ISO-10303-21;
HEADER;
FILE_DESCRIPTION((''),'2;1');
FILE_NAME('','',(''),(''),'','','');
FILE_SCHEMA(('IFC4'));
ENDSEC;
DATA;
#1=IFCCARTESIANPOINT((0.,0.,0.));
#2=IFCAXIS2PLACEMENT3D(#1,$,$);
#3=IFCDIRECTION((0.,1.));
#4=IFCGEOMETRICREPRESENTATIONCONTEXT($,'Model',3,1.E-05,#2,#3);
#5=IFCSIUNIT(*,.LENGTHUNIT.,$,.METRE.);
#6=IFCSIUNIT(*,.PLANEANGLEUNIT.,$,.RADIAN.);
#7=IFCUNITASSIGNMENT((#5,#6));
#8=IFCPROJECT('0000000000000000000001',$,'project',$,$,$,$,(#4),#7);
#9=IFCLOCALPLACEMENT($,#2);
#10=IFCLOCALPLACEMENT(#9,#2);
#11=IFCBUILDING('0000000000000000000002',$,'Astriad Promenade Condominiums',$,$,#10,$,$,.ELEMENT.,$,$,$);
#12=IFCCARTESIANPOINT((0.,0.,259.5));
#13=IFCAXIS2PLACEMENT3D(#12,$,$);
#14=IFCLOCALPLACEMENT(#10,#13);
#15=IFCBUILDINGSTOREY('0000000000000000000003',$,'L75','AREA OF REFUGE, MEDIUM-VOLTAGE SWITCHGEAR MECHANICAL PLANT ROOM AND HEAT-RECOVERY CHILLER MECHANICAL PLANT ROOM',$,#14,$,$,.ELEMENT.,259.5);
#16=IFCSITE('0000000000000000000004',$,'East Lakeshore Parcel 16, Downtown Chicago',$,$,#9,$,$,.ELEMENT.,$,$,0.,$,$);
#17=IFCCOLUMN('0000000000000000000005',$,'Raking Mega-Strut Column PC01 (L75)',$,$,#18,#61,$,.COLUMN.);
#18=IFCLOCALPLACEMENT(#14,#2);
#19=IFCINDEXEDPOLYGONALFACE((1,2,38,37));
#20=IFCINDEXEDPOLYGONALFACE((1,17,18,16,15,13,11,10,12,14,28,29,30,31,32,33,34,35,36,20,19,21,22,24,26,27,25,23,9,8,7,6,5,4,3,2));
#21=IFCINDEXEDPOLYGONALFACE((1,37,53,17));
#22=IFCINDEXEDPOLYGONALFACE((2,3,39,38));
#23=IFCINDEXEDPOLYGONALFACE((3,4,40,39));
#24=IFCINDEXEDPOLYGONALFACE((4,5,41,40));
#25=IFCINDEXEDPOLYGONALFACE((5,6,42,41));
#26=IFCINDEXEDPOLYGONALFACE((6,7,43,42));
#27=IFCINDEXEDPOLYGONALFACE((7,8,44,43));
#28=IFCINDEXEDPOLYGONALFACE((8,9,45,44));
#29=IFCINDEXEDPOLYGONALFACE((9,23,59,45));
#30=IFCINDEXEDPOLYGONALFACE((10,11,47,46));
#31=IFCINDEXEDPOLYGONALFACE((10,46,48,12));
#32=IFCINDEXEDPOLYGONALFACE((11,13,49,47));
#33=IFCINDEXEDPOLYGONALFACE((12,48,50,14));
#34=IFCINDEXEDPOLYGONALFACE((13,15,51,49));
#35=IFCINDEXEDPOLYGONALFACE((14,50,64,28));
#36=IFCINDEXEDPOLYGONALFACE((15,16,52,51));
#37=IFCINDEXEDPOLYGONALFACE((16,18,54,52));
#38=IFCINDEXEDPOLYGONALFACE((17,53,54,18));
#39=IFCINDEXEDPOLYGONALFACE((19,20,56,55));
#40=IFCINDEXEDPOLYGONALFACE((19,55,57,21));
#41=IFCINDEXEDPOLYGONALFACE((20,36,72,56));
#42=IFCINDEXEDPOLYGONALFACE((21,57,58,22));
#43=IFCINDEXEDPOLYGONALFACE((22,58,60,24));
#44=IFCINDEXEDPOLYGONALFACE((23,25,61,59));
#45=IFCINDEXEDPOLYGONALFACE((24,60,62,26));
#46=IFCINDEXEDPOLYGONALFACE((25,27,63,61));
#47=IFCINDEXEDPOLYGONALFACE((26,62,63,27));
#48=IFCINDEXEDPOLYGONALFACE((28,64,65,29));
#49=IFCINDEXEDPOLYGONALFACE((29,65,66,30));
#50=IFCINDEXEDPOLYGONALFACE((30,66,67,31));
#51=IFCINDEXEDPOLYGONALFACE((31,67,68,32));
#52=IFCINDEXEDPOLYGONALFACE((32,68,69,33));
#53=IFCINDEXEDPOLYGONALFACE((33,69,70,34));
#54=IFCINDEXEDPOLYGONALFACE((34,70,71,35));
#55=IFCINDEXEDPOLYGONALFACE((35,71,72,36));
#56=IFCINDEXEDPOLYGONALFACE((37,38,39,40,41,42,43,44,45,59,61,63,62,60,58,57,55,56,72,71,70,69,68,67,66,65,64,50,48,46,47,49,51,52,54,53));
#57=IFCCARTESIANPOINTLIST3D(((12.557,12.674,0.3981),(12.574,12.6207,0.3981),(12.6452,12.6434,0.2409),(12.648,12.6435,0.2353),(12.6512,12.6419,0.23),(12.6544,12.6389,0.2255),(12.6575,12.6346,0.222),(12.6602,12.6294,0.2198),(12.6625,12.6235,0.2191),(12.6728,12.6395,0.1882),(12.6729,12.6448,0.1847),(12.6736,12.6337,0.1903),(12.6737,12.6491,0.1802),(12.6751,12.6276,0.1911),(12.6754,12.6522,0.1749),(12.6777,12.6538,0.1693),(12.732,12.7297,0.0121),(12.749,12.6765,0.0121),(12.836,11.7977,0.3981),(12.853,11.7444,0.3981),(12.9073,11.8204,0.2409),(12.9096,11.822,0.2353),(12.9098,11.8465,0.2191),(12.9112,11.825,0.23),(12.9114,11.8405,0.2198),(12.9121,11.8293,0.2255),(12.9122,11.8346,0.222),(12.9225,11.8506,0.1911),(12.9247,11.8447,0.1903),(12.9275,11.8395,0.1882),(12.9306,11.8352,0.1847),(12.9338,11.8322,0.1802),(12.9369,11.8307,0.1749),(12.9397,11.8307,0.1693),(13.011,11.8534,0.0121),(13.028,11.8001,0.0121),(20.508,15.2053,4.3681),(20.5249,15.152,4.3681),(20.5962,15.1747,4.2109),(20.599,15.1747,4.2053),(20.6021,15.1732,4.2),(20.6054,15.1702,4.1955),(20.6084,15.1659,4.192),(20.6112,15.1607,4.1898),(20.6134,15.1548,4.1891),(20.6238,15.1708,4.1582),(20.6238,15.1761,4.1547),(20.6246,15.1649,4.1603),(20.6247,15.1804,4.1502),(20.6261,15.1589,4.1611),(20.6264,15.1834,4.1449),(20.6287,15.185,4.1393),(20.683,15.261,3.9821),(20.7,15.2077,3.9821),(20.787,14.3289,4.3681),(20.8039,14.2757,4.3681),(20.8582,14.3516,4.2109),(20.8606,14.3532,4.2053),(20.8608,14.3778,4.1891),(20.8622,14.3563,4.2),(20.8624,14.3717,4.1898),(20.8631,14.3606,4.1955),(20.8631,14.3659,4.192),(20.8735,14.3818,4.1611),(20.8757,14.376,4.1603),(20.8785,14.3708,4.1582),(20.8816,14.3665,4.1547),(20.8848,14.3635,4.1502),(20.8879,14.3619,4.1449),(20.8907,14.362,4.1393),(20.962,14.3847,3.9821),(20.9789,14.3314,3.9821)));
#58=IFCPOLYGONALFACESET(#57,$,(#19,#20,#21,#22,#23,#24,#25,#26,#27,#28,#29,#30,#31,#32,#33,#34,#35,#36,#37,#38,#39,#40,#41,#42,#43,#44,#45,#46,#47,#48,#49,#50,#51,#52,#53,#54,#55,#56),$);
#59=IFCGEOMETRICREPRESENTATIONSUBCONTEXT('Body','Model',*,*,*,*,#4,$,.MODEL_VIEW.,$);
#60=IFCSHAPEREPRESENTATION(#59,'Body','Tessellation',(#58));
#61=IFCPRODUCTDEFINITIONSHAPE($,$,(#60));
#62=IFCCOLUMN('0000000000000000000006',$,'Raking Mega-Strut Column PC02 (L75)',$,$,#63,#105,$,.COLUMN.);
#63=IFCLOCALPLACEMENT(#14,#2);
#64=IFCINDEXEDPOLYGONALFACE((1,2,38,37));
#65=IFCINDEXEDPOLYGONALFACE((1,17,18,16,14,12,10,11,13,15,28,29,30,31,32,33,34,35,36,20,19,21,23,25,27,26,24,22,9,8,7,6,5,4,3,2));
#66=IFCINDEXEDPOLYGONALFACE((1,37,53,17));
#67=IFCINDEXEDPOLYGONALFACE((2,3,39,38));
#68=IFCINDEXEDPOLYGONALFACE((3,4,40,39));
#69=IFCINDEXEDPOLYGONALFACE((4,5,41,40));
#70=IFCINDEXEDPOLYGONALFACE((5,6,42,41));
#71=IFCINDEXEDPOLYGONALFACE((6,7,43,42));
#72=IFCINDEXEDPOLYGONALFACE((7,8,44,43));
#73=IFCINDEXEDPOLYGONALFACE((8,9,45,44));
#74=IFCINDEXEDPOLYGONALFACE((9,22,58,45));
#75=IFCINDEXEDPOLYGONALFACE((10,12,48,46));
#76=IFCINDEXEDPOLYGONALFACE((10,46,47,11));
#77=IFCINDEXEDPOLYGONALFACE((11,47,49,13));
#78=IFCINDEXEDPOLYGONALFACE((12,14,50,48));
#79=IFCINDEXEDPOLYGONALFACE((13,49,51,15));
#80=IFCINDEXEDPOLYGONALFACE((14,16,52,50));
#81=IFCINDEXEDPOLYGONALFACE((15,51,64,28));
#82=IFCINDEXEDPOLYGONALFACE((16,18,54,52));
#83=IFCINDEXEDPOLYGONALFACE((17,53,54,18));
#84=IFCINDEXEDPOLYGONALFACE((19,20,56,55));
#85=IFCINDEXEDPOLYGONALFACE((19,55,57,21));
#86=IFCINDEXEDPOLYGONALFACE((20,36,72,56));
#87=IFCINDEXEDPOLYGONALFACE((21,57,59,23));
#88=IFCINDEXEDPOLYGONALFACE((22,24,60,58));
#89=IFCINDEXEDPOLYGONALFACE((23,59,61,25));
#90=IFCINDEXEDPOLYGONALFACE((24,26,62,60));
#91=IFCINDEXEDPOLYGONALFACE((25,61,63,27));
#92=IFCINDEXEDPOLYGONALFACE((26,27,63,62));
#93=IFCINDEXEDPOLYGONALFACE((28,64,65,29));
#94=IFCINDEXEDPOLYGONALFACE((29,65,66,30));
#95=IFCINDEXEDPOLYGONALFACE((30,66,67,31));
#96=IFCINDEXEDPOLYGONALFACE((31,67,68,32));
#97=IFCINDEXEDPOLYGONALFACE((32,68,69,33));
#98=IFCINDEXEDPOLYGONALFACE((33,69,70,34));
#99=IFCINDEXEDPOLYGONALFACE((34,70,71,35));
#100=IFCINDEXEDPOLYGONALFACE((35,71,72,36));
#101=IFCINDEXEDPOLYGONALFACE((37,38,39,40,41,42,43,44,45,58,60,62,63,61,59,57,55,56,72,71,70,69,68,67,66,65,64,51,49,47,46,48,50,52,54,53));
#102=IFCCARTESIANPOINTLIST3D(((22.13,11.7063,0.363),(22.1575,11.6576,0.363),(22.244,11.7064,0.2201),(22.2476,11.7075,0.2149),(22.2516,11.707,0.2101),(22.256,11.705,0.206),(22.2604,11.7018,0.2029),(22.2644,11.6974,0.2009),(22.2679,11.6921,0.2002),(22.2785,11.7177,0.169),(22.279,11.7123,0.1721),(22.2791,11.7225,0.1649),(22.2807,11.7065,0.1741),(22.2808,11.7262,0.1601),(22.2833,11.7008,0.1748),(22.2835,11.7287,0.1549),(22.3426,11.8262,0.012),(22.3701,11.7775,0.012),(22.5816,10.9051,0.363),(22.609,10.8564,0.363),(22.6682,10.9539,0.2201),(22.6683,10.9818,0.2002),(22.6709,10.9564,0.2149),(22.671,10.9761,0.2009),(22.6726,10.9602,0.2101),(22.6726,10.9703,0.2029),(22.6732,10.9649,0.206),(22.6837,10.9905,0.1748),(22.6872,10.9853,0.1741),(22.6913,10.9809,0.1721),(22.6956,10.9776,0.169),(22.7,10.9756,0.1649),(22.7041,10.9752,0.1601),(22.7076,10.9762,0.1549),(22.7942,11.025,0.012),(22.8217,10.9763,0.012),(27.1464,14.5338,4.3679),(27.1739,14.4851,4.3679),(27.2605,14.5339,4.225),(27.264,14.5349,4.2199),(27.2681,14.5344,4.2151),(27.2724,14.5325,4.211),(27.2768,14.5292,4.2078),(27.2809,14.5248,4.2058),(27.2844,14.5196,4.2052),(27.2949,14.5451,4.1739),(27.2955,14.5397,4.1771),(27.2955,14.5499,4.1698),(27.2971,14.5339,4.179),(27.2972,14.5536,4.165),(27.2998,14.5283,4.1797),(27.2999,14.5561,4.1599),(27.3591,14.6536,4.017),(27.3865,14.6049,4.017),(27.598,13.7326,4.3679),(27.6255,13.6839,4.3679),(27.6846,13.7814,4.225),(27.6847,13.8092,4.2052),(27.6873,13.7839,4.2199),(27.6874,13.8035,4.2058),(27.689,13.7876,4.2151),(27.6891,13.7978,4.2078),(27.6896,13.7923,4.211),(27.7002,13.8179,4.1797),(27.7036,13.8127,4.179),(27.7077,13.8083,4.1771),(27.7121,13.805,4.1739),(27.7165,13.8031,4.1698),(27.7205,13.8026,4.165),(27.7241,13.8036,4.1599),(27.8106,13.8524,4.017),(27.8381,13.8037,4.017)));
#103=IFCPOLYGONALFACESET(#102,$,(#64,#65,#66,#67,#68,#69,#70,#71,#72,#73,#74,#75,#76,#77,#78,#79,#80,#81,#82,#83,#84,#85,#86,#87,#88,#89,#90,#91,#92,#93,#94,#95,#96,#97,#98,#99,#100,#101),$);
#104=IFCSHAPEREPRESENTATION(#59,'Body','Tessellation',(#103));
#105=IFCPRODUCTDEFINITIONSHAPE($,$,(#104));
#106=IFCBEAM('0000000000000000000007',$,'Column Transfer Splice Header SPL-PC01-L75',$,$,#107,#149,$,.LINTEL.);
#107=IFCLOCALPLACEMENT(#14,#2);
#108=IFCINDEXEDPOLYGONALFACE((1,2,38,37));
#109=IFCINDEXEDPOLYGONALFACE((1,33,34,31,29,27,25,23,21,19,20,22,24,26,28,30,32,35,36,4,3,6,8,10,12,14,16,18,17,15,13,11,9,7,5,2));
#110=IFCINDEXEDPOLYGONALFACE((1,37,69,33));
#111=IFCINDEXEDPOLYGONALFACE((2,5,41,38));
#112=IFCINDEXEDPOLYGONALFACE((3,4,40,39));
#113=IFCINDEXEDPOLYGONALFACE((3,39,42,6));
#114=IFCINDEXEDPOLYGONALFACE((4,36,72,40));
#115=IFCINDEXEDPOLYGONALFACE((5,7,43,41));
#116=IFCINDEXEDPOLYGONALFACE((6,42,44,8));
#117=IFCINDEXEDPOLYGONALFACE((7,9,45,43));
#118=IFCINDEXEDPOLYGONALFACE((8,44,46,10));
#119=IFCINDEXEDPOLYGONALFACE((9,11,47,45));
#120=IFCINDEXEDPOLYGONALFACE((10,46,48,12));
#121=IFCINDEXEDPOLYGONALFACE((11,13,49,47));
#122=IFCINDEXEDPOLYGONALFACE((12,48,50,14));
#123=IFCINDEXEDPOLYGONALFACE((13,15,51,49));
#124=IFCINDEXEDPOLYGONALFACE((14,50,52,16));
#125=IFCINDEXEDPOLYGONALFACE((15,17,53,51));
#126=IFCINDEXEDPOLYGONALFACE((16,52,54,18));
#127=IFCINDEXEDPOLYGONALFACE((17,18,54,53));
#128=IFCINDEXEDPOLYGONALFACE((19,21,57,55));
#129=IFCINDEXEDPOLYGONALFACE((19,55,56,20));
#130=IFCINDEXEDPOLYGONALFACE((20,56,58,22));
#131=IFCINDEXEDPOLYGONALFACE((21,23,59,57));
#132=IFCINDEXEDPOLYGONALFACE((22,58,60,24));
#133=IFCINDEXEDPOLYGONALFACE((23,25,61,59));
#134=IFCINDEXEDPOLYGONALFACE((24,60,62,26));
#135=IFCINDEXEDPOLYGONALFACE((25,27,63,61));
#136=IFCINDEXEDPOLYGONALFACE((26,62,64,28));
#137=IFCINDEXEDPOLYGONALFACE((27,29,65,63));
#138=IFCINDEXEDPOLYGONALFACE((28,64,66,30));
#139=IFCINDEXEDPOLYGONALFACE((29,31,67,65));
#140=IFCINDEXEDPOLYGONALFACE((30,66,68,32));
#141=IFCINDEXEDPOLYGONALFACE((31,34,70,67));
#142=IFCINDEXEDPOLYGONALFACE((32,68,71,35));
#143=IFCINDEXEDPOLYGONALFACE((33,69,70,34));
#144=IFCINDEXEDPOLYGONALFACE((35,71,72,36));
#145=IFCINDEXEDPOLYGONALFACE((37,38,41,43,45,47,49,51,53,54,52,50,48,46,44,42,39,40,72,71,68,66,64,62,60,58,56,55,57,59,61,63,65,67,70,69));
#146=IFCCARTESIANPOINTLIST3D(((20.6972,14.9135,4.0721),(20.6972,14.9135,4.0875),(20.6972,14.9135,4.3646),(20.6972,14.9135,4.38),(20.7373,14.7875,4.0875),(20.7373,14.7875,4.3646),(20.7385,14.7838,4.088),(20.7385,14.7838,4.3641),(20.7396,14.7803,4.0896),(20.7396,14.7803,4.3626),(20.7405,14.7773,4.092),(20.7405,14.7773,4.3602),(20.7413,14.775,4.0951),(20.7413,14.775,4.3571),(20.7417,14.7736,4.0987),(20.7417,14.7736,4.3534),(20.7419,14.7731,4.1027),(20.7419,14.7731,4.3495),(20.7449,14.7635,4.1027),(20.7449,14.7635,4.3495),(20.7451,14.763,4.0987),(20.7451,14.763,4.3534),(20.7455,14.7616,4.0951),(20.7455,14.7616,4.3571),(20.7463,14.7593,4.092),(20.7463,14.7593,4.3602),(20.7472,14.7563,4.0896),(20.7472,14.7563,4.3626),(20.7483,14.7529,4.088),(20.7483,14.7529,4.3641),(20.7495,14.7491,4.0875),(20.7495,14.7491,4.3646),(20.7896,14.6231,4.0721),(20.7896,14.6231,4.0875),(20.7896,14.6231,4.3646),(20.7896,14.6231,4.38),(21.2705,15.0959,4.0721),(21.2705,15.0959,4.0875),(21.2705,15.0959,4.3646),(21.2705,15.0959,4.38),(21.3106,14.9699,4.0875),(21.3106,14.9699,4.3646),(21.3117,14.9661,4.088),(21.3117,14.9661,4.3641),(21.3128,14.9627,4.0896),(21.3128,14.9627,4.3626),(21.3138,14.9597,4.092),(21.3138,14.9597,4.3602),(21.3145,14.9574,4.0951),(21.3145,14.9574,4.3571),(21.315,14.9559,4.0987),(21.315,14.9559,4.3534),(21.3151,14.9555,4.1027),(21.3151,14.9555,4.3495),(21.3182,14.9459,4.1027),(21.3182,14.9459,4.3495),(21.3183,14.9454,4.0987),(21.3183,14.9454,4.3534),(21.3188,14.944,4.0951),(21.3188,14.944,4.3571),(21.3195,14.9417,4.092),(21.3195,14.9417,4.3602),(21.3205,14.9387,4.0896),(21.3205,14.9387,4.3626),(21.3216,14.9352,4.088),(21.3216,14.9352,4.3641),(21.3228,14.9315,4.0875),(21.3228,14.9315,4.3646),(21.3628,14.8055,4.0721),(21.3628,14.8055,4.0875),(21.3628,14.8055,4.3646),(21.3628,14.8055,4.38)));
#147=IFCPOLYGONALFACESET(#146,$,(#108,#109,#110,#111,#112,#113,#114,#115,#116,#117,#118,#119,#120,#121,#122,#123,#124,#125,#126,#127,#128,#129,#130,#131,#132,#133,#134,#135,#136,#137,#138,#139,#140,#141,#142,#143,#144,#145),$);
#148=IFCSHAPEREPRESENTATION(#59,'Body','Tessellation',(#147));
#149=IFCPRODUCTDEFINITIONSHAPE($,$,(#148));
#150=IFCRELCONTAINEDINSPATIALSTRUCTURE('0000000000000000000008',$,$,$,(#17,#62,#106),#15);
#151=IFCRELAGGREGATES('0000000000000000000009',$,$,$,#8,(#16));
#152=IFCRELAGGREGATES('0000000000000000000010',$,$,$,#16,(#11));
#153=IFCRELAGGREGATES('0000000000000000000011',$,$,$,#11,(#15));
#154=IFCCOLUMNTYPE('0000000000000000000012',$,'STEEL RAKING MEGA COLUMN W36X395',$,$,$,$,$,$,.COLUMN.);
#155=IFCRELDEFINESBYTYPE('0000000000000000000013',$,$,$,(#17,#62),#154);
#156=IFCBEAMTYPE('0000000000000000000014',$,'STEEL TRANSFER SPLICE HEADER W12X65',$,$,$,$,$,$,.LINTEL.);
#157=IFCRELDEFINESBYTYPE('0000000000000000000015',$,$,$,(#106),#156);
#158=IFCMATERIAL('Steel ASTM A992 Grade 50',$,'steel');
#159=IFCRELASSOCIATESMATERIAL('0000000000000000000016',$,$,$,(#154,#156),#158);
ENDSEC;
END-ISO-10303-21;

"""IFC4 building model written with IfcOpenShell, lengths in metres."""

from ifc_helpers import new_model, si_unit, direction, frame, origin, origin_2d, place, context, subcontext, project, spatial, i_section, extrude, source, transform, mapped, material, material_profile, profile_set, type_object, type_shapes, element, save


model = new_model("IFC4")

# Units and contexts
model_context = context("Model", 3, precision=1e-05, world=origin(), true_north=direction((0.0, 1.0)))
body_context = subcontext(model_context, "Body", "Model", "MODEL_VIEW")
ifc_project = project(units=[si_unit("LENGTHUNIT", "METRE"), si_unit("PLANEANGLEUNIT", "RADIAN")], contexts=[model_context])

# Site, building, storey
site_placement = place(None, origin())
site = spatial("IfcSite", under=ifc_project, at=site_placement, Name="East Lakeshore Parcel 16, Downtown Chicago", CompositionType="ELEMENT", RefElevation=0.0)
building_placement = place(site_placement, origin())
building = spatial("IfcBuilding", under=site, at=building_placement, Name="Astriad Promenade Condominiums", CompositionType="ELEMENT")
storey_placement = place(building_placement, frame((0.0, 0.0, 259.5)))
storey = spatial("IfcBuildingStorey", under=building, at=storey_placement, Name="L75", Description="AREA OF REFUGE, MEDIUM-VOLTAGE SWITCHGEAR MECHANICAL PLANT ROOM AND HEAT-RECOVERY CHILLER MECHANICAL PLANT ROOM", CompositionType="ELEMENT", Elevation=259.5)

# Columns
ifc_material_1 = material(Name="Steel ASTM A992 Grade 50", Category="steel")
ifc_material_profile_1 = material_profile(ifc_material_1, i_section(OverallWidth=0.4275, OverallDepth=0.9756, WebThickness=0.031, FlangeThickness=0.0559, FilletRadius=0.0242, at=origin_2d()), Name="W36X395")
ifc_profile_set_1 = profile_set([ifc_material_profile_1], Name="Steel ASTM A992 Grade 50")
column_type = type_object("IfcColumnType", Name="STEEL RAKING MEGA COLUMN W36X395", PredefinedType="COLUMN", material=ifc_profile_set_1)
shared_shape_1 = source(origin(), body_context, "Body", "SweptSolid", [
    extrude(i_section(OverallWidth=0.4275, OverallDepth=0.9756, WebThickness=0.031, FlangeThickness=0.0559, FilletRadius=0.0242, at=origin_2d()), origin(), (0.0, 0.0, 1.0), 9.2405),
])
column_1_placement = place(storey_placement, frame((12.7925, 12.2371, 0.2051), z_axis=(0.860452, 0.273933, 0.429632), x_axis=(-0.409386, -0.130332, 0.903004)))
element("IfcColumn", 1, at=column_1_placement, inside=storey, type_object=column_type, Name="Raking Mega-Strut Column PC01 (L75)", PredefinedType="COLUMN", context=body_context, shape_type="MappedRepresentation", body=[
    mapped(shared_shape_1, transform((0.0, 0.0, 0.0), scale=1.0)),
])
shared_shape_2 = source(origin(), body_context, "Body", "SweptSolid", [
    extrude(i_section(OverallWidth=0.4275, OverallDepth=0.9756, WebThickness=0.031, FlangeThickness=0.0559, FilletRadius=0.0242, at=origin_2d()), origin(), (0.0, 0.0, 1.0), 7.0142),
])
type_shapes(column_type, [shared_shape_1, shared_shape_2])
column_2_placement = place(storey_placement, frame((22.4758, 11.3413, 0.1875), z_axis=(0.715186, 0.403103, 0.570979), x_axis=(-0.49741, -0.280357, 0.820965)))
element("IfcColumn", 2, at=column_2_placement, inside=storey, type_object=column_type, Name="Raking Mega-Strut Column PC02 (L75)", PredefinedType="COLUMN", context=body_context, shape_type="MappedRepresentation", body=[
    mapped(shared_shape_2, transform((0.0, 0.0, 0.0), scale=1.0)),
])

# Beam
ifc_material_profile_2 = material_profile(ifc_material_1, i_section(OverallWidth=0.3047, OverallDepth=0.3079, WebThickness=0.01, FlangeThickness=0.0154, FilletRadius=0.0151, at=origin_2d()), Name="W12X65")
ifc_profile_set_2 = profile_set([ifc_material_profile_2], Name="Steel ASTM A992 Grade 50")
beam_type_1 = type_object("IfcBeamType", Name="STEEL TRANSFER SPLICE HEADER W12X65", PredefinedType="LINTEL", material=ifc_profile_set_2)
shared_shape_3 = source(origin(), body_context, "Body", "SweptSolid", [
    extrude(i_section(OverallWidth=0.3047, OverallDepth=0.3079, WebThickness=0.01, FlangeThickness=0.0154, FilletRadius=0.0151, at=origin_2d()), origin(), (0.0, 0.0, 1.0), 0.6016),
])
type_shapes(beam_type_1, [shared_shape_3])
beam_1_placement = place(storey_placement, frame((20.7434, 14.7683, 4.2261), z_axis=(0.952936, 0.30317, 0.0), x_axis=(-0.30317, 0.952936, 0.0)))
element("IfcBeam", 3, at=beam_1_placement, inside=storey, type_object=beam_type_1, Name="Column Transfer Splice Header SPL-PC01-L75", PredefinedType="LINTEL", context=body_context, shape_type="MappedRepresentation", body=[
    mapped(shared_shape_3, transform((0.0, 0.0, 0.0), scale=1.0)),
])

save(model, "model.ifc")
